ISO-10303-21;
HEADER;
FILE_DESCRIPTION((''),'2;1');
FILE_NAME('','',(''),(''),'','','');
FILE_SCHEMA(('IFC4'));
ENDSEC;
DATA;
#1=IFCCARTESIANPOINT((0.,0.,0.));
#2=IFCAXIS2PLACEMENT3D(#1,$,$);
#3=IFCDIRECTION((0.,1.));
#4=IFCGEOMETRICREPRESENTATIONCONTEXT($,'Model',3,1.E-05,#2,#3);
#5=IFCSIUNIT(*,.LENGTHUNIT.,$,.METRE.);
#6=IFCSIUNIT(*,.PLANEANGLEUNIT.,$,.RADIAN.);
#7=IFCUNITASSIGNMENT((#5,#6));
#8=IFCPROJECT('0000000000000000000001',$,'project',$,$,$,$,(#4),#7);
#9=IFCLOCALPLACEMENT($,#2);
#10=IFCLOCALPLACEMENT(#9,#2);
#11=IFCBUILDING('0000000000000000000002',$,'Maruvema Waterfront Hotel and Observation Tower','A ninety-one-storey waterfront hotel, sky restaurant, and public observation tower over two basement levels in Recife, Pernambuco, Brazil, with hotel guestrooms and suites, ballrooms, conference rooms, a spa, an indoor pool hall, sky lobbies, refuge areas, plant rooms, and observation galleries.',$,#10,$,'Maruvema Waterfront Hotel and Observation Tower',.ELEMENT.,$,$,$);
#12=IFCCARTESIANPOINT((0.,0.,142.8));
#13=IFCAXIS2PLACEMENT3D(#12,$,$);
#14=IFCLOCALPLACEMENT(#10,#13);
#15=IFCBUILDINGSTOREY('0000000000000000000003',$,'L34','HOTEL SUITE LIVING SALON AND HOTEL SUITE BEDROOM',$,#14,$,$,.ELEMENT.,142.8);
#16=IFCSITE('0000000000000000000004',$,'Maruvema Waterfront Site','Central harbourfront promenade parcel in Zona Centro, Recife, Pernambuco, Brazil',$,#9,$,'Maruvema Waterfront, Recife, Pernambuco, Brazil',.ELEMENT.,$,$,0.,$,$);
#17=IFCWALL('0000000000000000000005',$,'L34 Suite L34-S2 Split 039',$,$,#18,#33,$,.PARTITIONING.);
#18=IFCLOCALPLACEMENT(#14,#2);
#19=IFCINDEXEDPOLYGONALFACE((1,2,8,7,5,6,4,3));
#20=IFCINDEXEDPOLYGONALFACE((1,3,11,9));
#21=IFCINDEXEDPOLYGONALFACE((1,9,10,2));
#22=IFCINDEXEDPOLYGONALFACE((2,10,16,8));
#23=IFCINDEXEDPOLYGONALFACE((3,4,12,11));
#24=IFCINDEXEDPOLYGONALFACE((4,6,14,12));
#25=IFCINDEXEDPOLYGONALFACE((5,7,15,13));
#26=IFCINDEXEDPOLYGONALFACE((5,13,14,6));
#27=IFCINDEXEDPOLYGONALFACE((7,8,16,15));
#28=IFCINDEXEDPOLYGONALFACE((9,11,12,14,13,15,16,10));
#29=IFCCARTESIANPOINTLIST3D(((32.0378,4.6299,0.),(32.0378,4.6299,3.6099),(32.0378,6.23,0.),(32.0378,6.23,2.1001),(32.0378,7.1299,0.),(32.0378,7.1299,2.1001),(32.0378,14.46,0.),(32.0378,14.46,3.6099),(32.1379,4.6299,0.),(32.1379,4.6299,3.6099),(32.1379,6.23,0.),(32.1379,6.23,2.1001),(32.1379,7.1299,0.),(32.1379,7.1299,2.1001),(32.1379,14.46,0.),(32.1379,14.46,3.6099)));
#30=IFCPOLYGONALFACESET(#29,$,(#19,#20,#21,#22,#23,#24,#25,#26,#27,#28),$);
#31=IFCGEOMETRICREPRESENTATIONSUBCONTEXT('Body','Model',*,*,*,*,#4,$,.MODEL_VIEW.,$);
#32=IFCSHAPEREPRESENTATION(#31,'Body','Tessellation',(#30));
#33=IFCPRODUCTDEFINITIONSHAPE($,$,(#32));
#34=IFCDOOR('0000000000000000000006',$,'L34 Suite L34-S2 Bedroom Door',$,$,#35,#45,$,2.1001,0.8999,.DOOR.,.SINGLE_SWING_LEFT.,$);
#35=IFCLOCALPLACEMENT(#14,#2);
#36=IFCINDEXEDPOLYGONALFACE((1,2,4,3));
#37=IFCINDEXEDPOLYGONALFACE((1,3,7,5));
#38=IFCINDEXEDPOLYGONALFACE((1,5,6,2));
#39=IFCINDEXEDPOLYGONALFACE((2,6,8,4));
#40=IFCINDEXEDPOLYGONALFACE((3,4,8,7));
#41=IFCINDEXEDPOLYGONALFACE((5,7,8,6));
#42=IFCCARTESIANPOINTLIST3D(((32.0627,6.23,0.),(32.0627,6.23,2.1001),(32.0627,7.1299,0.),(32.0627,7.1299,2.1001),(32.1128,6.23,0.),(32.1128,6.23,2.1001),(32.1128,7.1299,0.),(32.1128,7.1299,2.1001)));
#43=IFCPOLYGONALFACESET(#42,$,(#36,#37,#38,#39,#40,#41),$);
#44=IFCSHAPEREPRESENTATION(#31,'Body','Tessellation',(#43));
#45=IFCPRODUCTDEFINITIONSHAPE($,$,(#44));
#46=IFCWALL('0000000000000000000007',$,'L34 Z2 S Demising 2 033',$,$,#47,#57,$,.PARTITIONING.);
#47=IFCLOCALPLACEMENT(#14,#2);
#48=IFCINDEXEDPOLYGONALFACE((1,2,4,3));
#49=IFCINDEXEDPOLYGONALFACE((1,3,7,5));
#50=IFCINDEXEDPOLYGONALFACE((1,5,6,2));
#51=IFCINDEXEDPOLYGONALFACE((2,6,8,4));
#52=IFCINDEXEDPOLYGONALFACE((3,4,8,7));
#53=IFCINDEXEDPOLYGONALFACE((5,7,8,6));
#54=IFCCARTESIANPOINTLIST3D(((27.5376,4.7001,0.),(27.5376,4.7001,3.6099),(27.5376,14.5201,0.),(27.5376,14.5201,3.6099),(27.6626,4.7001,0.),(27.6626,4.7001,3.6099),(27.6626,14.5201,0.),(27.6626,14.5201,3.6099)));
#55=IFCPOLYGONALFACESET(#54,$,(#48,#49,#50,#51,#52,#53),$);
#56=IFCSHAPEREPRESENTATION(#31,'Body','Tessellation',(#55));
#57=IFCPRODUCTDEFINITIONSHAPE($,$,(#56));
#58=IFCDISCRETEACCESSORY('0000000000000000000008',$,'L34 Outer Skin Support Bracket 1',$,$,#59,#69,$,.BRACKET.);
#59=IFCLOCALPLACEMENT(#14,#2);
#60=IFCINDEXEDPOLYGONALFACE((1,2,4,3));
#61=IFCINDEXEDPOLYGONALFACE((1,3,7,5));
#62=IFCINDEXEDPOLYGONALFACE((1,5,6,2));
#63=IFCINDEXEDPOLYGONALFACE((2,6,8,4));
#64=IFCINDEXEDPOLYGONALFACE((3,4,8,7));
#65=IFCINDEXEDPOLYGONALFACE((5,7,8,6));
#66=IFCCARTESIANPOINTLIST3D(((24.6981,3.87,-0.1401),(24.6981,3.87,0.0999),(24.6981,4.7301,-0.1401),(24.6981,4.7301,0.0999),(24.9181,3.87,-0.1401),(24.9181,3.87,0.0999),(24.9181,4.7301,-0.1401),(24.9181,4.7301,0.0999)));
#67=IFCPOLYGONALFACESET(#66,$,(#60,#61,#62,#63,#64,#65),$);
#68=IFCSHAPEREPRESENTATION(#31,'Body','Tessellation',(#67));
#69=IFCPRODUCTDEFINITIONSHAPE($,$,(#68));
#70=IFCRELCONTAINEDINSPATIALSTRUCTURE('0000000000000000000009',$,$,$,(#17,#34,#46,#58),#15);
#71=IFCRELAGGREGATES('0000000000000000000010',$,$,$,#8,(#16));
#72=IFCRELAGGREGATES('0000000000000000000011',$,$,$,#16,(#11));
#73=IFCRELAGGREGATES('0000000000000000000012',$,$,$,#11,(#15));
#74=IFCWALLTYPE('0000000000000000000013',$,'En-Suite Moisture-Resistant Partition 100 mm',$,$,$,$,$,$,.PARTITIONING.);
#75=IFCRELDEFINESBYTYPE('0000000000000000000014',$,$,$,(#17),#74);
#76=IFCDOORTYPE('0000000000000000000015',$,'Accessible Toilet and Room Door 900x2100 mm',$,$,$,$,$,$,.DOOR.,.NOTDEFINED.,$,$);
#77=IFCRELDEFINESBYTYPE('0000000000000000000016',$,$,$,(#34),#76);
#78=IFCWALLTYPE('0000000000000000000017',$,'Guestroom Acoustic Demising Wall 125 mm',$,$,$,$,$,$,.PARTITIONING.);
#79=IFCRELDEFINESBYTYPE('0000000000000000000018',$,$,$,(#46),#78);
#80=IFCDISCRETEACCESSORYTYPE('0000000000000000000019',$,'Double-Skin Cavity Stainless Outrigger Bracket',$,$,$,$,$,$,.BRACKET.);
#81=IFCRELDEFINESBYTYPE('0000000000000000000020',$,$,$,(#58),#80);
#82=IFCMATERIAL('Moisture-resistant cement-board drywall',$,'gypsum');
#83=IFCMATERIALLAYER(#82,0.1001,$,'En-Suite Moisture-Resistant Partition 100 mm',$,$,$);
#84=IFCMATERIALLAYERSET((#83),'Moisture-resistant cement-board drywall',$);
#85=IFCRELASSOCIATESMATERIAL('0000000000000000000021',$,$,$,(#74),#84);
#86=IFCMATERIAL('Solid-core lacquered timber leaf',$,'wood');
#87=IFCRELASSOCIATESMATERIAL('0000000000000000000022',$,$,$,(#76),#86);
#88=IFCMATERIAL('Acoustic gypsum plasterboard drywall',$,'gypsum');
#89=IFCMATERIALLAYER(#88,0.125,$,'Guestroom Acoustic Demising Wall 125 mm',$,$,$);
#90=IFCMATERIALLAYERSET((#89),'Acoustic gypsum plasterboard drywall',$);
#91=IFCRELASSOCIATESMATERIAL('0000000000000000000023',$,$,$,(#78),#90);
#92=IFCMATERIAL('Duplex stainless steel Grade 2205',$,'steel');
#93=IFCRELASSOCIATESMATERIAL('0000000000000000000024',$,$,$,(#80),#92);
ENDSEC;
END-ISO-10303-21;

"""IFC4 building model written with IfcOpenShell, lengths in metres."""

from ifc_helpers import new_model, si_unit, direction, frame, frame_2d, origin, origin_2d, place, context, subcontext, project, spatial, rectangle, extrude, material, layer, layer_set, type_object, element, fill, save


model = new_model("IFC4")

# Units and contexts
model_context = context("Model", 3, precision=1e-05, world=origin(), true_north=direction((0.0, 1.0)))
body_context = subcontext(model_context, "Body", "Model", "MODEL_VIEW")
ifc_project = project(units=[si_unit("LENGTHUNIT", "METRE"), si_unit("PLANEANGLEUNIT", "RADIAN")], contexts=[model_context])

# Site, building, storey
site_placement = place(None, origin())
site = spatial("IfcSite", under=ifc_project, at=site_placement, Name="Maruvema Waterfront Site", Description="Central harbourfront promenade parcel in Zona Centro, Recife, Pernambuco, Brazil", LongName="Maruvema Waterfront, Recife, Pernambuco, Brazil", CompositionType="ELEMENT", RefElevation=0.0)
building_placement = place(site_placement, origin())
building = spatial("IfcBuilding", under=site, at=building_placement, Name="Maruvema Waterfront Hotel and Observation Tower", Description="A ninety-one-storey waterfront hotel, sky restaurant, and public observation tower over two basement levels in Recife, Pernambuco, Brazil, with hotel guestrooms and suites, ballrooms, conference rooms, a spa, an indoor pool hall, sky lobbies, refuge areas, plant rooms, and observation galleries.", LongName="Maruvema Waterfront Hotel and Observation Tower", CompositionType="ELEMENT")
storey_placement = place(building_placement, frame((0.0, 0.0, 142.8)))
storey = spatial("IfcBuildingStorey", under=building, at=storey_placement, Name="L34", Description="HOTEL SUITE LIVING SALON AND HOTEL SUITE BEDROOM", CompositionType="ELEMENT", Elevation=142.8)

# Shared definitions
ifc_material_1 = material(Name="Moisture-resistant cement-board drywall", Category="gypsum")
ifc_layer_1 = layer(ifc_material_1, 0.1001, Name="En-Suite Moisture-Resistant Partition 100 mm")
ifc_layer_set_1 = layer_set([ifc_layer_1], Name="Moisture-resistant cement-board drywall")
wall_type_1 = type_object("IfcWallType", Name="En-Suite Moisture-Resistant Partition 100 mm", PredefinedType="PARTITIONING", material=ifc_layer_set_1)

# Wall, opening, door
wall_1_placement = place(storey_placement, frame((32.0879, 4.6299, 0.0), z_axis=(0.0, 0.0, 1.0), x_axis=(0.0, 1.0, 0.0)))
wall_1 = element("IfcWall", 1, at=wall_1_placement, inside=storey, type_object=wall_type_1, Name="L34 Suite L34-S2 Split 039", PredefinedType="PARTITIONING", context=body_context, shape_type="SweptSolid", body=[
    extrude(rectangle(XDim=9.8301, YDim=0.1001, at=frame_2d((4.915, 0.0))), origin(), (0.0, 0.0, 1.0), 3.6099),
])
opening_1_placement = place(wall_1_placement, frame((1.6001, 0.0, 0.0)))
opening_1 = element("IfcOpeningElement", 2, at=opening_1_placement, cuts=wall_1, PredefinedType="OPENING", context=body_context, shape_type="SweptSolid", body=[
    extrude(rectangle(XDim=0.8999, YDim=2.1001, at=frame_2d((0.45, 1.05))), frame((0.0, 0.0601, 0.0), z_axis=(0.0, -1.0, 0.0), x_axis=(1.0, 0.0, 0.0)), (0.0, 0.0, 1.0), 0.1201),
])
ifc_material_2 = material(Name="Solid-core lacquered timber leaf", Category="wood")
door_type_1 = type_object("IfcDoorType", Name="Accessible Toilet and Room Door 900x2100 mm", OperationType="NOTDEFINED", PredefinedType="DOOR", material=ifc_material_2)
door_1_placement = place(opening_1_placement, frame((0.8999, 0.0, 0.0), z_axis=(0.0, 0.0, 1.0), x_axis=(-1.0, 0.0, 0.0)))
door_1 = element("IfcDoor", 3, at=door_1_placement, inside=storey, type_object=door_type_1, Name="L34 Suite L34-S2 Bedroom Door", OperationType="SINGLE_SWING_LEFT", OverallHeight=2.1001, OverallWidth=0.8999, PredefinedType="DOOR", context=body_context, shape_type="SweptSolid", body=[
    extrude(rectangle(XDim=0.8999, YDim=2.1001, at=frame_2d((0.45, 1.05))), frame((0.0, 0.0249, 0.0), z_axis=(0.0, -1.0, 0.0), x_axis=(1.0, 0.0, 0.0)), (0.0, 0.0, 1.0), 0.05),
])
fill(opening_1, door_1)

# Wall
ifc_material_3 = material(Name="Acoustic gypsum plasterboard drywall", Category="gypsum")
ifc_layer_2 = layer(ifc_material_3, 0.125, Name="Guestroom Acoustic Demising Wall 125 mm")
ifc_layer_set_2 = layer_set([ifc_layer_2], Name="Acoustic gypsum plasterboard drywall")
wall_type_2 = type_object("IfcWallType", Name="Guestroom Acoustic Demising Wall 125 mm", PredefinedType="PARTITIONING", material=ifc_layer_set_2)
wall_2_placement = place(storey_placement, frame((27.6001, 4.7, 0.0), z_axis=(0.0, 0.0, 1.0), x_axis=(0.0, 1.0, 0.0)))
element("IfcWall", 4, at=wall_2_placement, inside=storey, type_object=wall_type_2, Name="L34 Z2 S Demising 2 033", PredefinedType="PARTITIONING", context=body_context, shape_type="SweptSolid", body=[
    extrude(rectangle(XDim=9.8201, YDim=0.125, at=frame_2d((4.9102, 0.0))), origin(), (0.0, 0.0, 1.0), 3.6099),
])

# Discrete accessory
ifc_material_4 = material(Name="Duplex stainless steel Grade 2205", Category="steel")
discrete_accessory_type = type_object("IfcDiscreteAccessoryType", Name="Double-Skin Cavity Stainless Outrigger Bracket", PredefinedType="BRACKET", material=ifc_material_4)
discrete_accessory_placement = place(storey_placement, frame((24.8081, 4.3, -0.1401), z_axis=(0.0, 0.0, 1.0), x_axis=(1.0, 0.0, 0.0)))
element("IfcDiscreteAccessory", 5, at=discrete_accessory_placement, inside=storey, type_object=discrete_accessory_type, Name="L34 Outer Skin Support Bracket 1", PredefinedType="BRACKET", context=body_context, shape_type="SweptSolid", body=[
    extrude(rectangle(XDim=0.22, YDim=0.8601, at=origin_2d()), origin(), (0.0, 0.0, 1.0), 0.24),
])

save(model, "model.ifc")
